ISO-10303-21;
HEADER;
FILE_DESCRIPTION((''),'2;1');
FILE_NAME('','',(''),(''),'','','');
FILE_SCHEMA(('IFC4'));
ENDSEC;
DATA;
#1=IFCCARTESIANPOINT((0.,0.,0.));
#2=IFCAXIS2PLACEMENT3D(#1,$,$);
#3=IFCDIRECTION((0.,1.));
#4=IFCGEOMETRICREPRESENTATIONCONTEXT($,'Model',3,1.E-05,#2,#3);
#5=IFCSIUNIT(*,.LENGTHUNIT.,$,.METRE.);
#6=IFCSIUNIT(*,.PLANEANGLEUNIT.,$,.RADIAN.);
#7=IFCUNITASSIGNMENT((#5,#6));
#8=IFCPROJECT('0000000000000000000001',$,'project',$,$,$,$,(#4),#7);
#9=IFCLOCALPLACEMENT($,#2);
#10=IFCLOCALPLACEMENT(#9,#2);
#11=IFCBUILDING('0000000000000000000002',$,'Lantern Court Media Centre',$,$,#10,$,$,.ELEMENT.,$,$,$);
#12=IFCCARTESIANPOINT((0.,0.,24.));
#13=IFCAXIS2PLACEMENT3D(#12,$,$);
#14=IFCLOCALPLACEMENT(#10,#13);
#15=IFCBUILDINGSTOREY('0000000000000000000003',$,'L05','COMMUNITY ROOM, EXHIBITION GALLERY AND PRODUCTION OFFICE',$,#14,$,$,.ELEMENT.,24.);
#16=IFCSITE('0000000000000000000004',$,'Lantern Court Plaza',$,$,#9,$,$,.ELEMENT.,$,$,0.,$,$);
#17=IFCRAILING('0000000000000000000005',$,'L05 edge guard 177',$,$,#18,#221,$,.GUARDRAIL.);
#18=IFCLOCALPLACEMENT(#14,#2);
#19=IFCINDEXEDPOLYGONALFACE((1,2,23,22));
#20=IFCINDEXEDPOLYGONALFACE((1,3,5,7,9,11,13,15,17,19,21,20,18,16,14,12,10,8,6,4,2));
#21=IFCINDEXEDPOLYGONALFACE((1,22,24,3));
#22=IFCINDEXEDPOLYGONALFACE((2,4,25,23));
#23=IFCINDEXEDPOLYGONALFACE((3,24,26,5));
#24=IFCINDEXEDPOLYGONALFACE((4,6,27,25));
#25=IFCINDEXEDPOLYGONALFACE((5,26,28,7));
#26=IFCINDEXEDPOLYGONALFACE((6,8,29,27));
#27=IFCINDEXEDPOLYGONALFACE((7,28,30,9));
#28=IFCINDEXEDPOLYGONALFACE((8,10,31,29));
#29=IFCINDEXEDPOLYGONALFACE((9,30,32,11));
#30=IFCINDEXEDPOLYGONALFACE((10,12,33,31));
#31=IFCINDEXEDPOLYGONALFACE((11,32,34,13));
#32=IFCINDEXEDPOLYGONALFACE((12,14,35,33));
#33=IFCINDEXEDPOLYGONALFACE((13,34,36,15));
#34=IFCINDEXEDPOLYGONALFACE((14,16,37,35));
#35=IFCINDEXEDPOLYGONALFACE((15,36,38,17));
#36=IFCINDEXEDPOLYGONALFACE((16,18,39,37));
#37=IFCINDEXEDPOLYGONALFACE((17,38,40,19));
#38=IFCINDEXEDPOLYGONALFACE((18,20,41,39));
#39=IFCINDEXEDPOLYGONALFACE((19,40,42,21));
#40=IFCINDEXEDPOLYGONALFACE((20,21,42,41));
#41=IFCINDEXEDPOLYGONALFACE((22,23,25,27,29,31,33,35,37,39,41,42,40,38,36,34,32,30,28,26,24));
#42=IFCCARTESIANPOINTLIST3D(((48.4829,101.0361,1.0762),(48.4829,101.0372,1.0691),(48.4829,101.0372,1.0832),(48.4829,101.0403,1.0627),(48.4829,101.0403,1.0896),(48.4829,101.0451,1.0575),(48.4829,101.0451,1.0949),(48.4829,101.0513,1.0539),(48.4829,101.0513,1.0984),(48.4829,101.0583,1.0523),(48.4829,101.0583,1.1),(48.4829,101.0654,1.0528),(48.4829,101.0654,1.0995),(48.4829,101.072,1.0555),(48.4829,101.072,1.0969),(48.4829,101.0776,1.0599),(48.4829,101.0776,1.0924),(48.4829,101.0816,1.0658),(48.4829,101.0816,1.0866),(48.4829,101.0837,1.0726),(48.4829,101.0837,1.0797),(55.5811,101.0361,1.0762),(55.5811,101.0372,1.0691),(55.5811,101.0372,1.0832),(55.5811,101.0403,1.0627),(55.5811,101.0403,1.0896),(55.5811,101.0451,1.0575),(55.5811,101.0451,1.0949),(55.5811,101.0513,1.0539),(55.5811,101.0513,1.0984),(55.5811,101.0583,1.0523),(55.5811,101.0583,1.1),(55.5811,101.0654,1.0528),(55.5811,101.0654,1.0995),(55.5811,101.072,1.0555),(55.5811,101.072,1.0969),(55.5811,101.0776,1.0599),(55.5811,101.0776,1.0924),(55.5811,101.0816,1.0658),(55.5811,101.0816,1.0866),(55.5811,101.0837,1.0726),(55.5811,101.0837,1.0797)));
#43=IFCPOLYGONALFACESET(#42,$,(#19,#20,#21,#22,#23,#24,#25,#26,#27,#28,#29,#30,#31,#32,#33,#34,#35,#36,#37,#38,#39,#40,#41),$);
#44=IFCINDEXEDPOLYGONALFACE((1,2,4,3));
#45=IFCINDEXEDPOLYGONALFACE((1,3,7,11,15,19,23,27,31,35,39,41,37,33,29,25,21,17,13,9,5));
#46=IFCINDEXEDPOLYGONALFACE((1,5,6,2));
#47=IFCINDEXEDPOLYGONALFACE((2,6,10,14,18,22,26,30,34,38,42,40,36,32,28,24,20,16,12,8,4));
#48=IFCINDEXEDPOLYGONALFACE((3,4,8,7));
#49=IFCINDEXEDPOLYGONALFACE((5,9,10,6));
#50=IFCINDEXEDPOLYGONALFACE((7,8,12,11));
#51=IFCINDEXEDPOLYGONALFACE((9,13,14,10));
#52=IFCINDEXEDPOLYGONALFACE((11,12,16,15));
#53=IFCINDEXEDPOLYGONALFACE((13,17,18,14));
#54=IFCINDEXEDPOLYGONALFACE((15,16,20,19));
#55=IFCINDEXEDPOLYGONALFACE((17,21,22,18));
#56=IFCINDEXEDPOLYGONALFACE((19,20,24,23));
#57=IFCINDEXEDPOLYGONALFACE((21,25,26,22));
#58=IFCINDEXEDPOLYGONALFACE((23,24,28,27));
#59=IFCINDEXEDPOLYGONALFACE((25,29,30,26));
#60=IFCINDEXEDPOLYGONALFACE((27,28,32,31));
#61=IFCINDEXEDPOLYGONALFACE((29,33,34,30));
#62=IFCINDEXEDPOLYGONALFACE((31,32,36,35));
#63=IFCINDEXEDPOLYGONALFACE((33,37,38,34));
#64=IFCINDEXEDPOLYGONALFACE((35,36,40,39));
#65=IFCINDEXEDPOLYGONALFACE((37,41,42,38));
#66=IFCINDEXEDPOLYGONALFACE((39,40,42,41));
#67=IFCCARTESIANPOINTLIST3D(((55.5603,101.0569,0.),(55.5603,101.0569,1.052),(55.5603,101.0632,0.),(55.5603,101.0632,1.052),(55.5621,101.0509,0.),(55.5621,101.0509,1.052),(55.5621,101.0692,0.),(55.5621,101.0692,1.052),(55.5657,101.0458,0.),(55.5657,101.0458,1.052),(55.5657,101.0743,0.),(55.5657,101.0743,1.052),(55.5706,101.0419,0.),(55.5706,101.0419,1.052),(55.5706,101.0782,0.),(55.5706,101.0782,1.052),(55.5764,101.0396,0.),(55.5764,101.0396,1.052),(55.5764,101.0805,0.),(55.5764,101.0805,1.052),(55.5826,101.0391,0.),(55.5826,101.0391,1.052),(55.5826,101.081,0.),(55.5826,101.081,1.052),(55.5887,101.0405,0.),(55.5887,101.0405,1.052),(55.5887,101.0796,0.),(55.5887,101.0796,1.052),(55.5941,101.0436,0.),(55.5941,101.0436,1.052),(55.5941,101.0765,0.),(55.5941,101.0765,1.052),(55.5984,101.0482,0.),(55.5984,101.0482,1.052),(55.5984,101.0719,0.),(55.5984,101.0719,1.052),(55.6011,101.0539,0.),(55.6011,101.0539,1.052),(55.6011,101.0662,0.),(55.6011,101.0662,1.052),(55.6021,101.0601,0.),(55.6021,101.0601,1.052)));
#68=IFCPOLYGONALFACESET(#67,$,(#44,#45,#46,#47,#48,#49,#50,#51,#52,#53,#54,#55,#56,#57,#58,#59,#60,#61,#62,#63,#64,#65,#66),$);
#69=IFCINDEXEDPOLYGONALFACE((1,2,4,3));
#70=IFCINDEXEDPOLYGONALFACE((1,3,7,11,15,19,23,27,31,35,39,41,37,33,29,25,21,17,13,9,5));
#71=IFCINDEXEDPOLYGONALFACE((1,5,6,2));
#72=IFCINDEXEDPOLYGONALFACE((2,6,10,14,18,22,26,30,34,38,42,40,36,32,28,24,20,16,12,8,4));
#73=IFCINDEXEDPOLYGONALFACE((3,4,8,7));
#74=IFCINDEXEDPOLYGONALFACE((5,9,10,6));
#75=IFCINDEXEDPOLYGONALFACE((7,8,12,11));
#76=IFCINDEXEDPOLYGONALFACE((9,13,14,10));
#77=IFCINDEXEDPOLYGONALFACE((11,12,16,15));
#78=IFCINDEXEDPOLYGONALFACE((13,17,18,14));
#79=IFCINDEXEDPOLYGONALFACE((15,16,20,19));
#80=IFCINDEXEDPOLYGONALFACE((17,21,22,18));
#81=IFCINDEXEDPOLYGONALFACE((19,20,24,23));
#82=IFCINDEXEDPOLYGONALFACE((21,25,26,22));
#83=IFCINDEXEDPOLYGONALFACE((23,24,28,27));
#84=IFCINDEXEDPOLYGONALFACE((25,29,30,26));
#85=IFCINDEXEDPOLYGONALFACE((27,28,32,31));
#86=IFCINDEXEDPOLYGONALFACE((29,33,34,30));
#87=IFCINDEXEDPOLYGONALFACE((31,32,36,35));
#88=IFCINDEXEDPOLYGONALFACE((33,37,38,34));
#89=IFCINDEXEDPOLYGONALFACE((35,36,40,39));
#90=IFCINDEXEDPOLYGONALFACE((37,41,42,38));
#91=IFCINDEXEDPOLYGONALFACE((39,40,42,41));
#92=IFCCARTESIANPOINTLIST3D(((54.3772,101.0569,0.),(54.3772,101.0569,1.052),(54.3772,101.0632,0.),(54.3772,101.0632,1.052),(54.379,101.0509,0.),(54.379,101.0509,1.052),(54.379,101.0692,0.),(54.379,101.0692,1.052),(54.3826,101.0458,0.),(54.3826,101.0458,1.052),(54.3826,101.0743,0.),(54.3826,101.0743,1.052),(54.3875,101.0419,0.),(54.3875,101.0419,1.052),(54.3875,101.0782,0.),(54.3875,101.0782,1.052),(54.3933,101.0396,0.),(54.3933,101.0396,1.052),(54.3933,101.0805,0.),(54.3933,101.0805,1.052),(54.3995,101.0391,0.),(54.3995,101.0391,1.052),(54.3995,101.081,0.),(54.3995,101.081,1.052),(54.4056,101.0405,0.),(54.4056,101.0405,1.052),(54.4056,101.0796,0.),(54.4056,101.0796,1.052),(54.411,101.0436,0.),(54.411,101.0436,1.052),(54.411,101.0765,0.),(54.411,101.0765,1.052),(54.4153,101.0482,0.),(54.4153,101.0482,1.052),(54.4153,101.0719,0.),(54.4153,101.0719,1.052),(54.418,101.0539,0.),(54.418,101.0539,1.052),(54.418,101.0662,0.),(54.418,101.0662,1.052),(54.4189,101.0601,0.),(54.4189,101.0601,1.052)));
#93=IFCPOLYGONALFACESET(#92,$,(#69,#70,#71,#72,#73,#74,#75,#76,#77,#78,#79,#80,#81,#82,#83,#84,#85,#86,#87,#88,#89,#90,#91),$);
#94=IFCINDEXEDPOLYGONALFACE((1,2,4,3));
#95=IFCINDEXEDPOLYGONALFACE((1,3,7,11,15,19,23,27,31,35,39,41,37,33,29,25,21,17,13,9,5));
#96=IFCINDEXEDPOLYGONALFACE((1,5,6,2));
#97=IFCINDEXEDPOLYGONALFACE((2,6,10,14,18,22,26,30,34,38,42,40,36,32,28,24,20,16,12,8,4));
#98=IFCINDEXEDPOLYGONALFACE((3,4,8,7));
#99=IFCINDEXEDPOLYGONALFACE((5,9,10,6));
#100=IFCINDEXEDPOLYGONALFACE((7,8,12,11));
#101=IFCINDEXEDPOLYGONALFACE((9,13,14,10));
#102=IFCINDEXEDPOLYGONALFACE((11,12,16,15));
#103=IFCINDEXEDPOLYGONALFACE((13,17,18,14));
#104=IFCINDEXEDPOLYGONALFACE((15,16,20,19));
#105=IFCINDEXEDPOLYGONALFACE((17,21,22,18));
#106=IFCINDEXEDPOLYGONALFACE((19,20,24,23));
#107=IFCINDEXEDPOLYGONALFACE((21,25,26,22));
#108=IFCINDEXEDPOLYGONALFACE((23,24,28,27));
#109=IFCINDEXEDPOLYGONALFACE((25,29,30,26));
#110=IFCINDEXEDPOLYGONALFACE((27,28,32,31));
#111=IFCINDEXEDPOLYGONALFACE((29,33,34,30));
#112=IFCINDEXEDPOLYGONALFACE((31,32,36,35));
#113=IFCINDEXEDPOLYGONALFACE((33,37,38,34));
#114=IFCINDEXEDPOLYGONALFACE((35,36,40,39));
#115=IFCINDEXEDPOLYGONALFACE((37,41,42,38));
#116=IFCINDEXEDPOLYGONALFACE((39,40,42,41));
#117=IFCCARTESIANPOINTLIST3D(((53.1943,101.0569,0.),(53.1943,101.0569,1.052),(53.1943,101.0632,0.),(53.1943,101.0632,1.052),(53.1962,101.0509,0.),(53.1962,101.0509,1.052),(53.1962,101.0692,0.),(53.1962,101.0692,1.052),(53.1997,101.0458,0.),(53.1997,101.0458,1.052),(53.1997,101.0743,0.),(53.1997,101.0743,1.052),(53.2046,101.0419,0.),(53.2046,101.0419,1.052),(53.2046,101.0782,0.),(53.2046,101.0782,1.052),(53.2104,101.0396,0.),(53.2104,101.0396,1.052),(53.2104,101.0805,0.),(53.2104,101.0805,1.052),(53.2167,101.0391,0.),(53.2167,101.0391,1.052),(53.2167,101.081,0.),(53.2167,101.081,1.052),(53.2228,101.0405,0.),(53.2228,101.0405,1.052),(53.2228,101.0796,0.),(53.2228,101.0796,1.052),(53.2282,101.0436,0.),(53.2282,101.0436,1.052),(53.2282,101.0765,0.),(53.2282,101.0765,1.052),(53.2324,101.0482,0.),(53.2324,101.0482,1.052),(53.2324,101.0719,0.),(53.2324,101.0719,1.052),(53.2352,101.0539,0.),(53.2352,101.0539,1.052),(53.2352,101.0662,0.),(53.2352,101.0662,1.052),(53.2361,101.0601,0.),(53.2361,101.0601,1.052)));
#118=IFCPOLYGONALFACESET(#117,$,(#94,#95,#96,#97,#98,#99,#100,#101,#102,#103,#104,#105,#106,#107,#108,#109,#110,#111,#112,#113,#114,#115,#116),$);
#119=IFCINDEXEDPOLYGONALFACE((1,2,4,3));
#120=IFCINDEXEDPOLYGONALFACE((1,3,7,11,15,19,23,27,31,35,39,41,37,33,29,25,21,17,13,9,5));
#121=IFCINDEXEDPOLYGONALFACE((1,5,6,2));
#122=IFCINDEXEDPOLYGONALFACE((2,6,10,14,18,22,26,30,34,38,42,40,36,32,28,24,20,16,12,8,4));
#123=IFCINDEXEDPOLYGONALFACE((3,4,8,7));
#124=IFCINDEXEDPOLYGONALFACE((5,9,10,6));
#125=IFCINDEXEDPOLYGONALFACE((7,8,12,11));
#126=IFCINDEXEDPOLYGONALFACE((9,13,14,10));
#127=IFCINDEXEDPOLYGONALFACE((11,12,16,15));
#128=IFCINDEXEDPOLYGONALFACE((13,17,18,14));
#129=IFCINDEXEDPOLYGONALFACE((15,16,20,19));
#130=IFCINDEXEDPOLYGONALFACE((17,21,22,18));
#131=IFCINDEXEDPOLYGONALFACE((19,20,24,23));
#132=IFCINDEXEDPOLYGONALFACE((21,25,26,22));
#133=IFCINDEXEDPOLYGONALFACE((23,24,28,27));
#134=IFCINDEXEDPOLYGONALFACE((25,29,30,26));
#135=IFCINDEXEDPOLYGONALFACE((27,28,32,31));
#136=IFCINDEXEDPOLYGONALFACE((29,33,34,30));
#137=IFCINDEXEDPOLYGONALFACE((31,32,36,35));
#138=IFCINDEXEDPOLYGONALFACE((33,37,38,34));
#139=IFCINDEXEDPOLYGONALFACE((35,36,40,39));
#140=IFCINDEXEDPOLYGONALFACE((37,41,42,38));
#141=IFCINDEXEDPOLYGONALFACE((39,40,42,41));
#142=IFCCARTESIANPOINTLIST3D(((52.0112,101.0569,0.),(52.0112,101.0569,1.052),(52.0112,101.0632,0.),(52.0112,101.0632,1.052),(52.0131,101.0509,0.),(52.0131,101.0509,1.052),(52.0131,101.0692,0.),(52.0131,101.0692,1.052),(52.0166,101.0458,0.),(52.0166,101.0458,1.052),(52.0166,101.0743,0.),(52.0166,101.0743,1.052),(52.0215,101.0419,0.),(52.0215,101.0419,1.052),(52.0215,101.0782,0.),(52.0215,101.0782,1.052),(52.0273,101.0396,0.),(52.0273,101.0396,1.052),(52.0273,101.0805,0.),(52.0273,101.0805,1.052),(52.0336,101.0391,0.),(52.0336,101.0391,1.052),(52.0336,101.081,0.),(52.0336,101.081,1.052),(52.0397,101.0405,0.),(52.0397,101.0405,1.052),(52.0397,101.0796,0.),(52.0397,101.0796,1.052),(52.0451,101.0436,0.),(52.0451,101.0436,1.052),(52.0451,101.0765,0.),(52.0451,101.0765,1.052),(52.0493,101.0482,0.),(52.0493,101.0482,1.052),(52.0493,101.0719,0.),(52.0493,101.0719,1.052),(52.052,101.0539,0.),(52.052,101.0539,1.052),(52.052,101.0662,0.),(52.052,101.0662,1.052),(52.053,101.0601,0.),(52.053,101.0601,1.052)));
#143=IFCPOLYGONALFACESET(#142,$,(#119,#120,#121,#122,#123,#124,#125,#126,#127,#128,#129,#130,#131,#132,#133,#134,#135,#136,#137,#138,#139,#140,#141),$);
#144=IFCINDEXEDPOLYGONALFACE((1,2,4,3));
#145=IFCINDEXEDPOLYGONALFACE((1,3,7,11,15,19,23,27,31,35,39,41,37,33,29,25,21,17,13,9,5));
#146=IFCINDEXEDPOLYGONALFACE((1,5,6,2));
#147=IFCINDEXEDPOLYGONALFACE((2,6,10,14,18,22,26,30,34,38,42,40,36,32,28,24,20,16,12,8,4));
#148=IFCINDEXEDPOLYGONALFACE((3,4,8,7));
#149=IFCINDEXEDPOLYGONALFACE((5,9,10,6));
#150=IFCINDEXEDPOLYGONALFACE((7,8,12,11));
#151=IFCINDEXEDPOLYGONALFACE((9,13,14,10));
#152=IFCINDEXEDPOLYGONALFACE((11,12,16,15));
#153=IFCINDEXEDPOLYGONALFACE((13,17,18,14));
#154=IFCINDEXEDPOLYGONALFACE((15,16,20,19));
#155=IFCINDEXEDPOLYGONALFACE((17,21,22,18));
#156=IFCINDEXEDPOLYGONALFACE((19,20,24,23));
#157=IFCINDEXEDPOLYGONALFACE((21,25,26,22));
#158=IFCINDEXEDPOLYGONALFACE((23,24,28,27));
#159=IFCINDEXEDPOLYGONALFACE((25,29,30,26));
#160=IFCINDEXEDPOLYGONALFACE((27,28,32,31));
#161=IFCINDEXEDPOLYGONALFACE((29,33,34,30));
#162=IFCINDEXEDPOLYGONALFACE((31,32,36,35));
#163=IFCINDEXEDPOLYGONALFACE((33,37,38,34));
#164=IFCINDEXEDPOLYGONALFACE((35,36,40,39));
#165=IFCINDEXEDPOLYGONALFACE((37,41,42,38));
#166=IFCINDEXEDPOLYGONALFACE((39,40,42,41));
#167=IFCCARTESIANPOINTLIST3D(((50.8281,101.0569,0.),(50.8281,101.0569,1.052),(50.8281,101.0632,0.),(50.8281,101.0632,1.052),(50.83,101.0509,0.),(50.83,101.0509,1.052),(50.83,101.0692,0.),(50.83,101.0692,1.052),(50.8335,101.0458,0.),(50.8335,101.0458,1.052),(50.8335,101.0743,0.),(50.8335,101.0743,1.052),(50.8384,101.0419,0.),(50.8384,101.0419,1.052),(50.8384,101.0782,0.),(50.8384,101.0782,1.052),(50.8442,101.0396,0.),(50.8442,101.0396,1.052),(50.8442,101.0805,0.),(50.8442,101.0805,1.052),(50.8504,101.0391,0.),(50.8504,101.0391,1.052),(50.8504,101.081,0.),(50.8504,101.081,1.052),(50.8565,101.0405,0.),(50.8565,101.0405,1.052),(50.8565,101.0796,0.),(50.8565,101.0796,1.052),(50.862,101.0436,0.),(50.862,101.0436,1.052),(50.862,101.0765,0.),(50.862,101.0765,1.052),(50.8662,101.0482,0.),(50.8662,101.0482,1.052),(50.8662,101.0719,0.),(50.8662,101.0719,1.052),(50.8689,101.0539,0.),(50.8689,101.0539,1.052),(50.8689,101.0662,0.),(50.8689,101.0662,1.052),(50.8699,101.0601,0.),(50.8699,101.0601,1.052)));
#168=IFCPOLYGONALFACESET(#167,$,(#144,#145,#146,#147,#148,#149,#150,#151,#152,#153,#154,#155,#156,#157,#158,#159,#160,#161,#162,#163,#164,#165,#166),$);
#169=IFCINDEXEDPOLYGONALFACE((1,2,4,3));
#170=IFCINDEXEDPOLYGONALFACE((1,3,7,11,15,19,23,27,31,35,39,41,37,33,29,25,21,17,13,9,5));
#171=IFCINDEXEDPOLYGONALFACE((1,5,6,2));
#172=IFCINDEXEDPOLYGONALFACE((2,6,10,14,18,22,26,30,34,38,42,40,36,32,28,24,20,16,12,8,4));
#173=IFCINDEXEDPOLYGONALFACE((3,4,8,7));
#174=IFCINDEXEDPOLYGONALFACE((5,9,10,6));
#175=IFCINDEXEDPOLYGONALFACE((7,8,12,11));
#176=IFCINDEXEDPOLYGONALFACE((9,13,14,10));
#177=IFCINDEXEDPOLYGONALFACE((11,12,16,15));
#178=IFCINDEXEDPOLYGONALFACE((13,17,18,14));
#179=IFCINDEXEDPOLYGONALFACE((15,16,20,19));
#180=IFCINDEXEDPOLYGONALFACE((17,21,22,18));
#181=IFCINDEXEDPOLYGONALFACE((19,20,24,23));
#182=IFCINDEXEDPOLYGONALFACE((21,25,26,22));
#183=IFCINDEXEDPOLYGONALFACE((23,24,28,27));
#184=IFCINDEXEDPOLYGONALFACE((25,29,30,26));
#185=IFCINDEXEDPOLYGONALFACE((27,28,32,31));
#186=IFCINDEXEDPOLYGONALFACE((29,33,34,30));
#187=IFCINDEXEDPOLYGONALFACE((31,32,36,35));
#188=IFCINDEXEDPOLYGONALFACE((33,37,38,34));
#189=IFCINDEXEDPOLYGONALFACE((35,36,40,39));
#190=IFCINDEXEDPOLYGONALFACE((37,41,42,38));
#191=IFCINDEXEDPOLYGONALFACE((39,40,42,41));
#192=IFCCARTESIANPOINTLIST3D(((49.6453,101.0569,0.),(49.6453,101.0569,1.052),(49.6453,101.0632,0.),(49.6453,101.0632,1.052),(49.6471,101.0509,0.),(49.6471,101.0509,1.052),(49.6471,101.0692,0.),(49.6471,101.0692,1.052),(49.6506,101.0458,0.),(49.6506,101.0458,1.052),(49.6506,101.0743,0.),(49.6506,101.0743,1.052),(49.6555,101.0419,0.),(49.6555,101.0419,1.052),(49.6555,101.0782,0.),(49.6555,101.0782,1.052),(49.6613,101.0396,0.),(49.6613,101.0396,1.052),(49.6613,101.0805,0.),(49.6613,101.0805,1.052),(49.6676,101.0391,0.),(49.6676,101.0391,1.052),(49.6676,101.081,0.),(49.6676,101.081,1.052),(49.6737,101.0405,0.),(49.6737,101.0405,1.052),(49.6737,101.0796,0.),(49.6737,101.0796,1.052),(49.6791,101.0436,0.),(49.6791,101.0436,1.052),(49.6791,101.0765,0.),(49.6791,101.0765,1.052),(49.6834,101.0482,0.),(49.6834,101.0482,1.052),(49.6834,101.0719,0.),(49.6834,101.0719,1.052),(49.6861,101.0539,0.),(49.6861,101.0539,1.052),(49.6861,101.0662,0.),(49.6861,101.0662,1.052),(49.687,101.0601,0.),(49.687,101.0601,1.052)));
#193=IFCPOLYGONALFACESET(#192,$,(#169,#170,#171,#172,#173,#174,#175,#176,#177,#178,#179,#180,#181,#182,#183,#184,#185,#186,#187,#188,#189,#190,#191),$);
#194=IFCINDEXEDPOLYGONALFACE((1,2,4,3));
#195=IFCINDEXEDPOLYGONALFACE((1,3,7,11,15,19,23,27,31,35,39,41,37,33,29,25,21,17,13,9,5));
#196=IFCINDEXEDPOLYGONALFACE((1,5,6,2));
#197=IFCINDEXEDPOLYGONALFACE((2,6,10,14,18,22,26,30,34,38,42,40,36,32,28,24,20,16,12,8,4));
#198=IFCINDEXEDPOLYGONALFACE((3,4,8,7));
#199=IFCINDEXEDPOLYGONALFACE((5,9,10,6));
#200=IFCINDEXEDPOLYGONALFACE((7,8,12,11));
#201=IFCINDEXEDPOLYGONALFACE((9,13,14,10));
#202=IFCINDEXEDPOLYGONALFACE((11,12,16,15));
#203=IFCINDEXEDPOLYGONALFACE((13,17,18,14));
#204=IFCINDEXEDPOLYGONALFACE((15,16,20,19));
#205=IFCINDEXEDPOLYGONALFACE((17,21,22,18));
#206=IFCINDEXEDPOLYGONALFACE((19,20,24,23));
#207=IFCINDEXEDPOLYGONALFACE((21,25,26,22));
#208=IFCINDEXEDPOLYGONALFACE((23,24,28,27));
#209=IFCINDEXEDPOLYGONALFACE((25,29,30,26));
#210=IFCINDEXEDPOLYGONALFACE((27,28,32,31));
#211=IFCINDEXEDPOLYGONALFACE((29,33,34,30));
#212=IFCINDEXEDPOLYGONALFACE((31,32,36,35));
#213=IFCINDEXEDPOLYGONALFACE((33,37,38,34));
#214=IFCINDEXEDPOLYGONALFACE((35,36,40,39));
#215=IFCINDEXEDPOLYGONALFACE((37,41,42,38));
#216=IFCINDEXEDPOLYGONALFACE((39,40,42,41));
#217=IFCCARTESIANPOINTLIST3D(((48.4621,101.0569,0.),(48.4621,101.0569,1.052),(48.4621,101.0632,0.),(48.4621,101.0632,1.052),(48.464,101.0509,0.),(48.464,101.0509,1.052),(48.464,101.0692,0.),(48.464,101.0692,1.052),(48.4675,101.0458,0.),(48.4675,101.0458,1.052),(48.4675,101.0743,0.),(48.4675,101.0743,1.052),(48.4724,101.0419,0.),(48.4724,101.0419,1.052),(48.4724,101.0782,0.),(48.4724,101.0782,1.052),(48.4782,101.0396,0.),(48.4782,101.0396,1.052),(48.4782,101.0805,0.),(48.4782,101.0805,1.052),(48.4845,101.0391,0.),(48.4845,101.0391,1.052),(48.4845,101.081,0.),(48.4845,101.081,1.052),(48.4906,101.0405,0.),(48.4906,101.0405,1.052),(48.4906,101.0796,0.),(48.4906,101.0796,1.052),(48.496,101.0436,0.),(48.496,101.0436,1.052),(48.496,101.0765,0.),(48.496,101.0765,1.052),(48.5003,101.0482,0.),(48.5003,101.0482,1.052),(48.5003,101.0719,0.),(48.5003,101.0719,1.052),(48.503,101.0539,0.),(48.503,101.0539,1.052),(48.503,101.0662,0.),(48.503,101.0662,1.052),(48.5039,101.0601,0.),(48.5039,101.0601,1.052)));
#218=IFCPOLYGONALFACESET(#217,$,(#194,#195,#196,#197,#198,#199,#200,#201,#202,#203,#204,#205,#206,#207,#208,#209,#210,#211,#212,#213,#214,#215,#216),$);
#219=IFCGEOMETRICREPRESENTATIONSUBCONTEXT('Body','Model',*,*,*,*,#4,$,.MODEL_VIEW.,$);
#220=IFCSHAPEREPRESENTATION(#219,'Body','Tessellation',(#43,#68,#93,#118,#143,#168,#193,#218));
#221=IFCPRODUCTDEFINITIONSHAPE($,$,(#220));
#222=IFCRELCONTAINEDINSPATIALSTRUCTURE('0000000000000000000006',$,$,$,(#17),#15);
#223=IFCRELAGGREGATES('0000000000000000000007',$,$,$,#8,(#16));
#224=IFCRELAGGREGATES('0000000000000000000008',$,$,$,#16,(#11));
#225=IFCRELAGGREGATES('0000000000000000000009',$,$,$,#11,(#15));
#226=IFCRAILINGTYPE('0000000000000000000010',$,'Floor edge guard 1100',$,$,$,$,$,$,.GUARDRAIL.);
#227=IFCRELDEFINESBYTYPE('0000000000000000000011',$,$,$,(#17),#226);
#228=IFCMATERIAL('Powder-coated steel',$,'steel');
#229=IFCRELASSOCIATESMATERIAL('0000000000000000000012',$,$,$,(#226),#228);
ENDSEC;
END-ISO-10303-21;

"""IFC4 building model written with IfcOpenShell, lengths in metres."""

from ifc_helpers import new_model, si_unit, direction, frame, origin, origin_2d, place, context, subcontext, project, spatial, circle, extrude, material, type_object, element, save


model = new_model("IFC4")

# Units and contexts
model_context = context("Model", 3, precision=1e-05, world=origin(), true_north=direction((0.0, 1.0)))
body_context = subcontext(model_context, "Body", "Model", "MODEL_VIEW")
ifc_project = project(units=[si_unit("LENGTHUNIT", "METRE"), si_unit("PLANEANGLEUNIT", "RADIAN")], contexts=[model_context])

# Site, building, storey
site_placement = place(None, origin())
site = spatial("IfcSite", under=ifc_project, at=site_placement, Name="Lantern Court Plaza", CompositionType="ELEMENT", RefElevation=0.0)
building_placement = place(site_placement, origin())
building = spatial("IfcBuilding", under=site, at=building_placement, Name="Lantern Court Media Centre", CompositionType="ELEMENT")
storey_placement = place(building_placement, frame((0.0, 0.0, 24.0)))
storey = spatial("IfcBuildingStorey", under=building, at=storey_placement, Name="L05", Description="COMMUNITY ROOM, EXHIBITION GALLERY AND PRODUCTION OFFICE", CompositionType="ELEMENT", Elevation=24.0)

# Railing
ifc_material_1 = material(Name="Powder-coated steel", Category="steel")
railing_type = type_object("IfcRailingType", Name="Floor edge guard 1100", PredefinedType="GUARDRAIL", material=ifc_material_1)
railing_placement = place(storey_placement, frame((55.5811, 101.0601, 0.0)))
element("IfcRailing", 1, at=railing_placement, inside=storey, type_object=railing_type, Name="L05 edge guard 177", PredefinedType="GUARDRAIL", context=body_context, shape_type="SweptSolid", body=[
    extrude(circle(Radius=0.0239, at=origin_2d()), frame((0.0, 0.0, 1.0762), z_axis=(-1.0, 0.0, 0.0), x_axis=(0.0, -1.0, 0.0)), (0.0, 0.0, 1.0), 7.0981),
    extrude(circle(Radius=0.021, at=origin_2d()), origin(), (0.0, 0.0, 1.0), 1.052),
    extrude(circle(Radius=0.021, at=origin_2d()), frame((-1.1831, 0.0, 0.0)), (0.0, 0.0, 1.0), 1.052),
    extrude(circle(Radius=0.021, at=origin_2d()), frame((-2.366, 0.0, 0.0)), (0.0, 0.0, 1.0), 1.052),
    extrude(circle(Radius=0.021, at=origin_2d()), frame((-3.5491, 0.0, 0.0)), (0.0, 0.0, 1.0), 1.052),
    extrude(circle(Radius=0.021, at=origin_2d()), frame((-4.7322, 0.0, 0.0)), (0.0, 0.0, 1.0), 1.052),
    extrude(circle(Radius=0.021, at=origin_2d()), frame((-5.915, 0.0, 0.0)), (0.0, 0.0, 1.0), 1.052),
    extrude(circle(Radius=0.021, at=origin_2d()), frame((-7.0981, 0.0, 0.0)), (0.0, 0.0, 1.0), 1.052),
])

save(model, "model.ifc")
